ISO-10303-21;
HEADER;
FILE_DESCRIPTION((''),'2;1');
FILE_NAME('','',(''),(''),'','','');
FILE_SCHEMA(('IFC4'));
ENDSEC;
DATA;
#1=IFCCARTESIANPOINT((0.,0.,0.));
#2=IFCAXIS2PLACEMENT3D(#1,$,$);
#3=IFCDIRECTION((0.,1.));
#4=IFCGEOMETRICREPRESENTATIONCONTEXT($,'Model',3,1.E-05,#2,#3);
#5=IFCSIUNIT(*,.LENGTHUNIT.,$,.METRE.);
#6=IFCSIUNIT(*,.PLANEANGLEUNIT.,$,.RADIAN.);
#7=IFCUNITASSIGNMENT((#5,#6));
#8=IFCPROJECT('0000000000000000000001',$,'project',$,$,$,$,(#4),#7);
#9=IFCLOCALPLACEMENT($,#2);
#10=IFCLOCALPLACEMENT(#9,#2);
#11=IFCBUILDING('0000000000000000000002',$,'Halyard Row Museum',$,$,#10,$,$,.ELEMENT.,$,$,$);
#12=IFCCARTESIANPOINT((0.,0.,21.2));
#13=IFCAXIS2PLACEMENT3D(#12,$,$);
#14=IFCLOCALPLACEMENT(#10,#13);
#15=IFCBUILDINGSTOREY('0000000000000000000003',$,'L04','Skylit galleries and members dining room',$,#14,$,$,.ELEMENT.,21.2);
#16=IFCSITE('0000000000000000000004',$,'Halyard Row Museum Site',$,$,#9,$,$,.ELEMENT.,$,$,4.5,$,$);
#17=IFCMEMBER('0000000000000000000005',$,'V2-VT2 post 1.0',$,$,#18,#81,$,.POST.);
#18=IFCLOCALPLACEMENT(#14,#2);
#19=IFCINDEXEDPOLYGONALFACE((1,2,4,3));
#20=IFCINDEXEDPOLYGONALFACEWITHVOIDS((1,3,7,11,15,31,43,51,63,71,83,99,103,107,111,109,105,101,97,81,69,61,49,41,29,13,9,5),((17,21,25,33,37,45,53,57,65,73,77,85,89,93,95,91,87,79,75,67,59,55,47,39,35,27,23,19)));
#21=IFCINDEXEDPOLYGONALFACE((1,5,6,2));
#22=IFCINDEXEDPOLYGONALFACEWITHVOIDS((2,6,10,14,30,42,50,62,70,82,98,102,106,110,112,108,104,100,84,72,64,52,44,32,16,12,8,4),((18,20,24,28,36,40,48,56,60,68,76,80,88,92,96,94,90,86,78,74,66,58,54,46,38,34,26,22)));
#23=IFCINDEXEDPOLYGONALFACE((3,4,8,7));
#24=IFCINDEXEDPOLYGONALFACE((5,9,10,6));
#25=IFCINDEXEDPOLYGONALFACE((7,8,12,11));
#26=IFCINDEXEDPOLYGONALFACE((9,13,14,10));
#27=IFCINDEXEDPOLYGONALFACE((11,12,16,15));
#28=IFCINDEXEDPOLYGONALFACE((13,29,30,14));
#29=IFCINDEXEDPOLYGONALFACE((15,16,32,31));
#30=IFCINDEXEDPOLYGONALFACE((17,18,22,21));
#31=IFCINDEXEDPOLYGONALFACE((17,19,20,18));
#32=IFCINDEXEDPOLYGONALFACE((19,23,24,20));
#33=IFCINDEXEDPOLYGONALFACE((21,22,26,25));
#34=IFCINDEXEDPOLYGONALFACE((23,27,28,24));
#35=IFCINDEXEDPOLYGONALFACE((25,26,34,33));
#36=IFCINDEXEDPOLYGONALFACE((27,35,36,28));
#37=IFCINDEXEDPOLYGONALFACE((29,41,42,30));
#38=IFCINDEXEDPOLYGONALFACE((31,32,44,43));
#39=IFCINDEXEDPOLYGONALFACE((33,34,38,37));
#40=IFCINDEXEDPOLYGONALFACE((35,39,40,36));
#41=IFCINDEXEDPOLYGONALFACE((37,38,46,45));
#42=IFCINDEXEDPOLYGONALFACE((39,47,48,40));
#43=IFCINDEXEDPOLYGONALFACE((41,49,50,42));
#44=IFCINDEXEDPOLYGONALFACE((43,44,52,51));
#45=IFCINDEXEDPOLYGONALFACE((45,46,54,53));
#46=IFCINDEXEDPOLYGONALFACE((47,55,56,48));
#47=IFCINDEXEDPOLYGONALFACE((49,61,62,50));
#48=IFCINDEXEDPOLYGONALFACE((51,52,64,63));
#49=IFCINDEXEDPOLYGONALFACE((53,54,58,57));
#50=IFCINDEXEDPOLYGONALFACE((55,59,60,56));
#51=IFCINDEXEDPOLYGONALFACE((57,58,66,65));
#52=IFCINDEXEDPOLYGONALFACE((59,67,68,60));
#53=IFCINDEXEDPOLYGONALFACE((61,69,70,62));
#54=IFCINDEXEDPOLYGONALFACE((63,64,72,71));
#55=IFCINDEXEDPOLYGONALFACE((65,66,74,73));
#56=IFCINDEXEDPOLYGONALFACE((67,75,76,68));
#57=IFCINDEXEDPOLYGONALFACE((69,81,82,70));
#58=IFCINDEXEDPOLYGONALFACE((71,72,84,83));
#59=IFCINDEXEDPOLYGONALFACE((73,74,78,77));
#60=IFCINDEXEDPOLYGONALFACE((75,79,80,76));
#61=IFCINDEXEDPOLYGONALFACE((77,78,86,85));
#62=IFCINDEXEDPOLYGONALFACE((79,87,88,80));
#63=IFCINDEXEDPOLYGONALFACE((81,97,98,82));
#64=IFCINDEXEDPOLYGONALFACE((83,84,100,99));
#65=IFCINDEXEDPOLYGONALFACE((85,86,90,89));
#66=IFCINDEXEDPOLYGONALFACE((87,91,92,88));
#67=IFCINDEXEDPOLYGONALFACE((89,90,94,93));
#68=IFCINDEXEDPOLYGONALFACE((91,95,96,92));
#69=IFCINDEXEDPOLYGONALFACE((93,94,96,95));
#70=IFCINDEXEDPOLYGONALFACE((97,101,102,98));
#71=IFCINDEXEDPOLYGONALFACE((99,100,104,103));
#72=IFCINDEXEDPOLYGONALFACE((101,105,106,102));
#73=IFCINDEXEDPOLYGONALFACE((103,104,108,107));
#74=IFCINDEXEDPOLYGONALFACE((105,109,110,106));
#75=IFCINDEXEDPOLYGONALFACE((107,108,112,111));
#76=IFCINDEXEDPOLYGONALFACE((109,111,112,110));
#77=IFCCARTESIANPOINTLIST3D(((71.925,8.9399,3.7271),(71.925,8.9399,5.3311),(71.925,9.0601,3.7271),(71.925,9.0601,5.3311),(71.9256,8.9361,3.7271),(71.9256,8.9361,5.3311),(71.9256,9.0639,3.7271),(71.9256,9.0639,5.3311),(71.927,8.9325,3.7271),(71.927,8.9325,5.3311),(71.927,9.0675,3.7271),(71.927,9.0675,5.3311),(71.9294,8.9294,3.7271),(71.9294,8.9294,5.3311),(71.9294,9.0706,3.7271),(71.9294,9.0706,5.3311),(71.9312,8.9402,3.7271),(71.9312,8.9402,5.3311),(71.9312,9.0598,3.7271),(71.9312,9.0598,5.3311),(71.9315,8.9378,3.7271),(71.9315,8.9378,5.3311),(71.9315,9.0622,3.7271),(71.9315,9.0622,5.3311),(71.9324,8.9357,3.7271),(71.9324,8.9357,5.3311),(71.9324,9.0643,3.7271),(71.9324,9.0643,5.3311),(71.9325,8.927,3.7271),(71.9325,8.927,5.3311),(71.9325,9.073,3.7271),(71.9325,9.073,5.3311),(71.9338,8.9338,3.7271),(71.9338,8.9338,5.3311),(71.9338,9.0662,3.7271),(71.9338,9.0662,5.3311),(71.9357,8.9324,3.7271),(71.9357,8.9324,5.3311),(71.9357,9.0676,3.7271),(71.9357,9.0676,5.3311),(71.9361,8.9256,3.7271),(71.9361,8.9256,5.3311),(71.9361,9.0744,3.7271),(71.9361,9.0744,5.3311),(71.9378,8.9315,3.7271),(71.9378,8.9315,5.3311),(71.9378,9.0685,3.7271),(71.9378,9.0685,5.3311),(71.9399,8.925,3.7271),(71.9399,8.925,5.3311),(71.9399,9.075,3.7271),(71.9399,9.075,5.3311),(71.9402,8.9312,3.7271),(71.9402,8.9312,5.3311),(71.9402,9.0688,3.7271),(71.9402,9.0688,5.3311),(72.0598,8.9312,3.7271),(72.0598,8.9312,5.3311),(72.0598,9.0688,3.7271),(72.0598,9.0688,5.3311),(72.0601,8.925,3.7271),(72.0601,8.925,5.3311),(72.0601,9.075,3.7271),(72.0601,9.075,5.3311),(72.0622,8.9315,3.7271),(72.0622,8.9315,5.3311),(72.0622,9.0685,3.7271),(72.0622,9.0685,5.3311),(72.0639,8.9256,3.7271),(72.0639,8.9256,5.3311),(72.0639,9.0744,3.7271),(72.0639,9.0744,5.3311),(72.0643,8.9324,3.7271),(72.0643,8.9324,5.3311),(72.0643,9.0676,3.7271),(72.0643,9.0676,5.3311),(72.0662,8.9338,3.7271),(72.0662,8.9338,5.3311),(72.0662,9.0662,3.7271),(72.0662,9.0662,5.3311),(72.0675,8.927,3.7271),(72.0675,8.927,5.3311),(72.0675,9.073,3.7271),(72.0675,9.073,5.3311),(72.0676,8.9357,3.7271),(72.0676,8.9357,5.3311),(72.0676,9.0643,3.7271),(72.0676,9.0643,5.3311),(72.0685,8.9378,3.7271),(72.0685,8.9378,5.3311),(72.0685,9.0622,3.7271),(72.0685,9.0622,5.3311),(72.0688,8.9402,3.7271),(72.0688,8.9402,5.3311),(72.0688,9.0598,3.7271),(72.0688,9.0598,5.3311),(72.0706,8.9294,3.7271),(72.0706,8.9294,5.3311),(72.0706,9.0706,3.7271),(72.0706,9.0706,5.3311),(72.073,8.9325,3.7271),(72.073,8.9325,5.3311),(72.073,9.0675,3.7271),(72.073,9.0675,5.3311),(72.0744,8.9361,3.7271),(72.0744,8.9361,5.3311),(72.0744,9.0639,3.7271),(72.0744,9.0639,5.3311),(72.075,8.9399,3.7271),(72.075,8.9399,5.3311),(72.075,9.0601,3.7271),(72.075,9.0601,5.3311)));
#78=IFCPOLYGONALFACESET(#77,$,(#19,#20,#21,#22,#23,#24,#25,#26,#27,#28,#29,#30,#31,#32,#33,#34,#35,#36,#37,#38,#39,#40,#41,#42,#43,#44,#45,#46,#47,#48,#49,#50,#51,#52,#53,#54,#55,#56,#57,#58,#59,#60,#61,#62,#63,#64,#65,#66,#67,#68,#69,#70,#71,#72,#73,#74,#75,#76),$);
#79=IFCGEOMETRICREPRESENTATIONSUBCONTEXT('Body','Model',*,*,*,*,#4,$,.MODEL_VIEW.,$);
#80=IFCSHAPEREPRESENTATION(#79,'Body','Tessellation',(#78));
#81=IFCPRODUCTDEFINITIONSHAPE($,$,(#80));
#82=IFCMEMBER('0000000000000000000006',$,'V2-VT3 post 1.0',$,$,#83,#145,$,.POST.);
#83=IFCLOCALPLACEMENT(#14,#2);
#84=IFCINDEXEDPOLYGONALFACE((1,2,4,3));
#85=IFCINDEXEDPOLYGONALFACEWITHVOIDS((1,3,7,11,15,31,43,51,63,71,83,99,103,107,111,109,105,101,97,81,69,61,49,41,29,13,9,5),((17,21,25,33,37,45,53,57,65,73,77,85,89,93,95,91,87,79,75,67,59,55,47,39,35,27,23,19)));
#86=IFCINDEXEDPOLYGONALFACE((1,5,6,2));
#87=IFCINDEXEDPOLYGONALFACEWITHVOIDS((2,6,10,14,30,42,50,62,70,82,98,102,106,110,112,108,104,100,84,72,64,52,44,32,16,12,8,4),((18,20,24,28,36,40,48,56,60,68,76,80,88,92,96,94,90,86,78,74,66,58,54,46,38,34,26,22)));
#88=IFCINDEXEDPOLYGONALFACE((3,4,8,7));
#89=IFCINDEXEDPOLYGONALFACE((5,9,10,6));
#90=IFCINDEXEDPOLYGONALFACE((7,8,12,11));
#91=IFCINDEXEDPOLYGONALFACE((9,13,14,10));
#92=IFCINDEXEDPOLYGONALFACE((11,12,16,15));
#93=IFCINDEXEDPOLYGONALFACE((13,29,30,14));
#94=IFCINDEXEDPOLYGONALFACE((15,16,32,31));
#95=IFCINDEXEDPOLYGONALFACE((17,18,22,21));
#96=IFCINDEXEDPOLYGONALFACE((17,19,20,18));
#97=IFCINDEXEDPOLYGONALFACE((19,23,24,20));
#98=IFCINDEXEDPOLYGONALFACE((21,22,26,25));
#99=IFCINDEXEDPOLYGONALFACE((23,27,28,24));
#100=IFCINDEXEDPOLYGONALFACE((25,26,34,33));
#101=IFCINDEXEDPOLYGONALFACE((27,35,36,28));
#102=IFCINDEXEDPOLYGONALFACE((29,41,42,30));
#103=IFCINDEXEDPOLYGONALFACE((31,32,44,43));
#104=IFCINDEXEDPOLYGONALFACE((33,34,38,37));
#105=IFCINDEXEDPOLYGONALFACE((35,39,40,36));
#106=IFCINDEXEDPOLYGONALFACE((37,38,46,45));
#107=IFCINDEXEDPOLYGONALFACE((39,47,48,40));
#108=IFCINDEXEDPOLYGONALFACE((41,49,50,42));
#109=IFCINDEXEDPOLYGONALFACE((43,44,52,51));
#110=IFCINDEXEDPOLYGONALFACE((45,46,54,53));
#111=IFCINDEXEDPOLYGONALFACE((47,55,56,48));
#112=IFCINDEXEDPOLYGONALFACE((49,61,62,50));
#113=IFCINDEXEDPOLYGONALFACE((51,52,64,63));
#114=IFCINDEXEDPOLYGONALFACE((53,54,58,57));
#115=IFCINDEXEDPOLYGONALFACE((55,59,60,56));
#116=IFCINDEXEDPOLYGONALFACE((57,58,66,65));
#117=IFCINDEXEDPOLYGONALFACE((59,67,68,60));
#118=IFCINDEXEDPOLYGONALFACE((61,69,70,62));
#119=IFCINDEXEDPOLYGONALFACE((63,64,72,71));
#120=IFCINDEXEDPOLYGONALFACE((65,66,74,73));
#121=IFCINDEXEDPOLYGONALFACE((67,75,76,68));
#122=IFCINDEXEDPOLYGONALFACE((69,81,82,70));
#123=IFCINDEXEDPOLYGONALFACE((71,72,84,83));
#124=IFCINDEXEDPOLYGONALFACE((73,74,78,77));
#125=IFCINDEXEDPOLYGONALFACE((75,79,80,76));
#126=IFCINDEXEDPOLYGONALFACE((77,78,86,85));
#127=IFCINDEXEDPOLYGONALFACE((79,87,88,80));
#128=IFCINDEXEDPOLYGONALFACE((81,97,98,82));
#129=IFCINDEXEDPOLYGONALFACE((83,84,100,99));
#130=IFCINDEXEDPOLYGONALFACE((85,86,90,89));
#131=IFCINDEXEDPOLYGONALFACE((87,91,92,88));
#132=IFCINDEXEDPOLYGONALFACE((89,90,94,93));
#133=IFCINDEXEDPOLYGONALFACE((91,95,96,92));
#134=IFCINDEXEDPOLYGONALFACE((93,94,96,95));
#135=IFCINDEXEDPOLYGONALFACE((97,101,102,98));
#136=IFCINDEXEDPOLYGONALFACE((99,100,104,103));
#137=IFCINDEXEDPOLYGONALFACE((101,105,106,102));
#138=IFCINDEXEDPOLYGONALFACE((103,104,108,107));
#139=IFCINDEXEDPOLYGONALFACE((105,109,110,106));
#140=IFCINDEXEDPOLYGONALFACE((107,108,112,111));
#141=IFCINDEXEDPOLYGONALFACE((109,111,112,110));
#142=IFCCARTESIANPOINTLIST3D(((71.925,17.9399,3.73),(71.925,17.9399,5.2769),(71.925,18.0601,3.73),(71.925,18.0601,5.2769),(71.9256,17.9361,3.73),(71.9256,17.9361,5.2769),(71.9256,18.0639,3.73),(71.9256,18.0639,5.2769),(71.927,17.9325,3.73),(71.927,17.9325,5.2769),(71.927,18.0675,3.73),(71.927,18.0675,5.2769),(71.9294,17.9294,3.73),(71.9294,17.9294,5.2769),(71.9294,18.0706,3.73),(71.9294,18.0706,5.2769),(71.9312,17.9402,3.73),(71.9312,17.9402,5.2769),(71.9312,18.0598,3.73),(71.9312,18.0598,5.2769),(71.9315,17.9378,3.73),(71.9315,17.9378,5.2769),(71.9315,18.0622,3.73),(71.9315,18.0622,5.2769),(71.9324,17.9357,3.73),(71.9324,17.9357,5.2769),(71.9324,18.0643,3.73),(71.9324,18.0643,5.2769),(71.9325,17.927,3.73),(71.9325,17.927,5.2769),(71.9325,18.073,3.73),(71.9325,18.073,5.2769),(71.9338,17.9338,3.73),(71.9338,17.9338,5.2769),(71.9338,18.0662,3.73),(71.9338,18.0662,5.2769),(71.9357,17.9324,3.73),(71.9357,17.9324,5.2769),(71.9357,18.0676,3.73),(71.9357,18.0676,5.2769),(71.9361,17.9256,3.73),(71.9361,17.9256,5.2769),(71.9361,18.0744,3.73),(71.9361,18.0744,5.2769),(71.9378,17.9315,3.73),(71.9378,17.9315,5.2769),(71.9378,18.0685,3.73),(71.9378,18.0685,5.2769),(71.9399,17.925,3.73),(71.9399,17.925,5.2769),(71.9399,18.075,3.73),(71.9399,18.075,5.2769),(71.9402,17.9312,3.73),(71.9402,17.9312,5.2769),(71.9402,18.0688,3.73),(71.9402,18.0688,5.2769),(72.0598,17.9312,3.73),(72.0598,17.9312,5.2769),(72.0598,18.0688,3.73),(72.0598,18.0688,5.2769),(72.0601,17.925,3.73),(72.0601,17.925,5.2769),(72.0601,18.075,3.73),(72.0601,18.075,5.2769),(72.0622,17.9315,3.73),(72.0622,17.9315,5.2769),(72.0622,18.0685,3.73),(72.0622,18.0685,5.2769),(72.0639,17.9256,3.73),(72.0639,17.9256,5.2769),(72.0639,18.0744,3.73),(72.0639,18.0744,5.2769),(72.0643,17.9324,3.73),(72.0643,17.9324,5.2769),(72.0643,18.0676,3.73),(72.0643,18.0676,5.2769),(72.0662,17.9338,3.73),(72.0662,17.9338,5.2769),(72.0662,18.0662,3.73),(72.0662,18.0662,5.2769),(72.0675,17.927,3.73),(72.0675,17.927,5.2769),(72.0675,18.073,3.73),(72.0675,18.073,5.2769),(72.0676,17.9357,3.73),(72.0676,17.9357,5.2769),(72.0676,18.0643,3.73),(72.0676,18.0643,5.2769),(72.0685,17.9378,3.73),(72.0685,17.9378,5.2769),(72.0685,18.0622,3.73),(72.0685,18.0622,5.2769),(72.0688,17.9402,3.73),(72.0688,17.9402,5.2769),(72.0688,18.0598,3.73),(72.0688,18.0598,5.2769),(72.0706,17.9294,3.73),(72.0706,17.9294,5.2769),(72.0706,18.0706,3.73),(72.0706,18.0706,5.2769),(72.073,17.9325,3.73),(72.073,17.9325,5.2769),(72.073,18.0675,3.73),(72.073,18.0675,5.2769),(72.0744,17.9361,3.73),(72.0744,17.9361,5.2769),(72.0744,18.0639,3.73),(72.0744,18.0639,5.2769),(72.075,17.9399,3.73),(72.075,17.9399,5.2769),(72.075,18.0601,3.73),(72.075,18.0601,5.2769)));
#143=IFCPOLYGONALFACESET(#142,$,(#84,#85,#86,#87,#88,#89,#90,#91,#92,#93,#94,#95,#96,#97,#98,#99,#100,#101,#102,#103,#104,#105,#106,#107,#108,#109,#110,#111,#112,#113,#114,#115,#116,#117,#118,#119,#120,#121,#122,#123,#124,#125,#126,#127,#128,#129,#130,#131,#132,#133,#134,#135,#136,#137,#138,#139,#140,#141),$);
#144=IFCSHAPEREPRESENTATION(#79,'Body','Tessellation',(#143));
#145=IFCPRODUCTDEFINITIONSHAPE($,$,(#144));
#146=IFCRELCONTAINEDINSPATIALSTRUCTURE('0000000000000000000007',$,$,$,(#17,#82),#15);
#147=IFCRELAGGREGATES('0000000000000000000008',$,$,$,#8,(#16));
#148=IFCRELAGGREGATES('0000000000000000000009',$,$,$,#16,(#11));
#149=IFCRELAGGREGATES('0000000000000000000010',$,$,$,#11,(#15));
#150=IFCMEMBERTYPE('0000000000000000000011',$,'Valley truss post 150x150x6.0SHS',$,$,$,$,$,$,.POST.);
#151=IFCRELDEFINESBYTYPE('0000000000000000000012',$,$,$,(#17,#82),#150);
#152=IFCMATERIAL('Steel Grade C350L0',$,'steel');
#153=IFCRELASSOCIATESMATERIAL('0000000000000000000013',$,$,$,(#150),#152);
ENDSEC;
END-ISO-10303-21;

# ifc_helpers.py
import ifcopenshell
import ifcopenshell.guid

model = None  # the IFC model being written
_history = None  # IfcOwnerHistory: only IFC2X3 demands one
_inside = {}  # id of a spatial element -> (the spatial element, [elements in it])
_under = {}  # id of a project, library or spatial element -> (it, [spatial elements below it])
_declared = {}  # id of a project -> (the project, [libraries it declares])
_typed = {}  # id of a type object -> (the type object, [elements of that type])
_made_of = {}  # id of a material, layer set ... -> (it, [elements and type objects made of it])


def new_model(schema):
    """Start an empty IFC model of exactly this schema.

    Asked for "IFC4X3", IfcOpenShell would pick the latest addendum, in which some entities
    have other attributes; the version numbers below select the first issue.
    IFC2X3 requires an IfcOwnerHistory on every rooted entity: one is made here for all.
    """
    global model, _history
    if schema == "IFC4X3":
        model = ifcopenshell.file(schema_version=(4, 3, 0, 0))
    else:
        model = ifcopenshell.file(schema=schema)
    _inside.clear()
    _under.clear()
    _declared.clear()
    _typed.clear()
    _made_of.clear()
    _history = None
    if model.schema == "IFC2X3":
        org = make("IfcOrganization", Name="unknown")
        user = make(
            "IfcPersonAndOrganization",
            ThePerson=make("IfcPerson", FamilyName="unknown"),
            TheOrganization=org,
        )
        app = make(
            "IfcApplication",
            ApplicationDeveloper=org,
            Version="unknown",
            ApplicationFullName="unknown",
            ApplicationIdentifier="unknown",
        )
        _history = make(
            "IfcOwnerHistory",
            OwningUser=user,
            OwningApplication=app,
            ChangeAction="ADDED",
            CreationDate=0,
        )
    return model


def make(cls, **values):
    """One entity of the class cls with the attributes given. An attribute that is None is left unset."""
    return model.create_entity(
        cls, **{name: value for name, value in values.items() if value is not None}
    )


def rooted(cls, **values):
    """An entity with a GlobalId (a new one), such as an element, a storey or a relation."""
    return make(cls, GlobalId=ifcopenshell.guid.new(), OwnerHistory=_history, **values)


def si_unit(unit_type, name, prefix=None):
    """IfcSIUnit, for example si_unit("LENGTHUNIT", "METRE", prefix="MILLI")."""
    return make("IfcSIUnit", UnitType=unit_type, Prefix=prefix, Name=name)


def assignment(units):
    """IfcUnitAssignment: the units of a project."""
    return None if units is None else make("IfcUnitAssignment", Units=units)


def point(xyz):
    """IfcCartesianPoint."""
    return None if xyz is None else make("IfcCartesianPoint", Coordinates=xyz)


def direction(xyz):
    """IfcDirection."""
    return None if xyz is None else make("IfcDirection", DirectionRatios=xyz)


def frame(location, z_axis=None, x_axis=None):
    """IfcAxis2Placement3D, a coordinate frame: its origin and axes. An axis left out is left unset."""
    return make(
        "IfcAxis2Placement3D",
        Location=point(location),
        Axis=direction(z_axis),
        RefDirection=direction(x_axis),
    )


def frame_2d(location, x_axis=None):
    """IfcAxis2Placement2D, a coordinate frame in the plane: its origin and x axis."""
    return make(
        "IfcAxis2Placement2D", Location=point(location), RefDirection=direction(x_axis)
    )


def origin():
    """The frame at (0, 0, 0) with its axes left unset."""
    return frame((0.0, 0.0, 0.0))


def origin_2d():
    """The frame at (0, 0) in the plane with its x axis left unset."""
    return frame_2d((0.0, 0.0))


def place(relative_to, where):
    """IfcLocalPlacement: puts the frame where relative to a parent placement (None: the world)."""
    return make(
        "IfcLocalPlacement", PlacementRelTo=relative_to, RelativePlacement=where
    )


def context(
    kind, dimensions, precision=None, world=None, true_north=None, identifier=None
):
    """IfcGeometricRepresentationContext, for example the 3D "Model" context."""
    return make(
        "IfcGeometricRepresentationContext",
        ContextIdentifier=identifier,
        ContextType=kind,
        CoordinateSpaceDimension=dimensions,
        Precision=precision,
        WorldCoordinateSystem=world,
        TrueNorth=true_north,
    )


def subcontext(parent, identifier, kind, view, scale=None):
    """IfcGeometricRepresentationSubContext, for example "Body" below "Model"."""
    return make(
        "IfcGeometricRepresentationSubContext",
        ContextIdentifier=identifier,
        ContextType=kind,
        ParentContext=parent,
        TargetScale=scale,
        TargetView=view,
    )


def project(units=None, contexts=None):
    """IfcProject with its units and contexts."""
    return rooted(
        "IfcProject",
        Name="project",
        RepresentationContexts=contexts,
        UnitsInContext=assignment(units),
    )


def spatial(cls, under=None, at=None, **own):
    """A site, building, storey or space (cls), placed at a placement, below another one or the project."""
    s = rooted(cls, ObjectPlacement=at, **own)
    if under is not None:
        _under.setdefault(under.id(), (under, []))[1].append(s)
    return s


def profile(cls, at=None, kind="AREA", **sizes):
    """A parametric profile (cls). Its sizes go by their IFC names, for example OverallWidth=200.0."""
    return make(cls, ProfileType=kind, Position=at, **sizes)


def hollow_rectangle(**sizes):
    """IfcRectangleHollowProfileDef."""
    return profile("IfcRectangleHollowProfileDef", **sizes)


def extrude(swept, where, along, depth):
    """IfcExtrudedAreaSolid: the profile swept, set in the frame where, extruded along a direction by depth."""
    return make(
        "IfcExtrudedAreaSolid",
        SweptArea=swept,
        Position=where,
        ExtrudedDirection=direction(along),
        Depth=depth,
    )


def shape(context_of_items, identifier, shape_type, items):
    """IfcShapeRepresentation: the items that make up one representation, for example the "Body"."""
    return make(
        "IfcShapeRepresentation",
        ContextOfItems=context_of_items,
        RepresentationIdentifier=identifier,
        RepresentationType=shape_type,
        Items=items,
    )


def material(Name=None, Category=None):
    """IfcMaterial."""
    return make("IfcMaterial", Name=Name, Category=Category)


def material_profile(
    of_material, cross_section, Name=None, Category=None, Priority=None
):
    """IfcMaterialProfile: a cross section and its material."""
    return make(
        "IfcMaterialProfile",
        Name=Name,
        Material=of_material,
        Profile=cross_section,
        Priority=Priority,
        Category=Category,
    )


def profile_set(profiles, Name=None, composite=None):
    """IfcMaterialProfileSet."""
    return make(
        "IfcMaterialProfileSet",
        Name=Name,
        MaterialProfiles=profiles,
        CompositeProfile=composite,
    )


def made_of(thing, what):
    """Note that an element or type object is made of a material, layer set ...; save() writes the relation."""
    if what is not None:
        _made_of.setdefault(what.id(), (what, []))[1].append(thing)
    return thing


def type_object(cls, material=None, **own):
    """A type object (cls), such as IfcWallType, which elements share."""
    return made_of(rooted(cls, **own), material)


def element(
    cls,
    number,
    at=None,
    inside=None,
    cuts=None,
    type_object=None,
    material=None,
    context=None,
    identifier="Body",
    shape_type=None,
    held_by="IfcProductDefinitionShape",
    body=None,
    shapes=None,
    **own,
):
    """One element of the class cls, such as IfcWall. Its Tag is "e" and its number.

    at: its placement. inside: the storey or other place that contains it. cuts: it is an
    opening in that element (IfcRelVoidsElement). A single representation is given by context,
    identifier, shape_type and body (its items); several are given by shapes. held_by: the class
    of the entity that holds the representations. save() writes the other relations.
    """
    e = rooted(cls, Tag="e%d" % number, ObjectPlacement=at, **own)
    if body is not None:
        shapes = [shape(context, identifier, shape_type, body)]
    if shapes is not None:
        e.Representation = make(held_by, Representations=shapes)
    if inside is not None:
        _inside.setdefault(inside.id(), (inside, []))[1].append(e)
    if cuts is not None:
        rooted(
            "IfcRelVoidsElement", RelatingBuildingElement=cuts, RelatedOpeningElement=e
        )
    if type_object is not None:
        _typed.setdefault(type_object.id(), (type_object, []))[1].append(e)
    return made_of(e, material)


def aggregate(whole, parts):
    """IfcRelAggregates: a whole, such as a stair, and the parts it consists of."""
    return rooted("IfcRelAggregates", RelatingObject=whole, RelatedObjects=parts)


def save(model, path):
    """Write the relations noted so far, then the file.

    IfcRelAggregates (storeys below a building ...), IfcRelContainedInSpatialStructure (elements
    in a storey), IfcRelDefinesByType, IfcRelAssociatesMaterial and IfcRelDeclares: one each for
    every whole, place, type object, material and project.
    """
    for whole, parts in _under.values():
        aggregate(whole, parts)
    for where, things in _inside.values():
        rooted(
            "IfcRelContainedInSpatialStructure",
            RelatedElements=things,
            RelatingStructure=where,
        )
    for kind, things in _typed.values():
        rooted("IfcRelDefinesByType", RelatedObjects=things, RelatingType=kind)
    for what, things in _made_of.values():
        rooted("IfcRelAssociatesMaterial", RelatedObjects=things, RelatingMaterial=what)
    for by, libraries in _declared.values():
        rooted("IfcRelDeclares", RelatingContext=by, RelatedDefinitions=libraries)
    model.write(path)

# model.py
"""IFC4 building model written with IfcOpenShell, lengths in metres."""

from ifc_helpers import new_model, si_unit, direction, frame, origin, origin_2d, place, context, subcontext, project, spatial, hollow_rectangle, extrude, material, material_profile, profile_set, type_object, element, save


model = new_model("IFC4")

# Units and contexts
model_context = context("Model", 3, precision=1e-05, world=origin(), true_north=direction((0.0, 1.0)))
body_context = subcontext(model_context, "Body", "Model", "MODEL_VIEW")
ifc_project = project(units=[si_unit("LENGTHUNIT", "METRE"), si_unit("PLANEANGLEUNIT", "RADIAN")], contexts=[model_context])

# Site, building, storey
site_placement = place(None, origin())
site = spatial("IfcSite", under=ifc_project, at=site_placement, Name="Halyard Row Museum Site", CompositionType="ELEMENT", RefElevation=4.5)
building_placement = place(site_placement, origin())
building = spatial("IfcBuilding", under=site, at=building_placement, Name="Halyard Row Museum", CompositionType="ELEMENT")
storey_placement = place(building_placement, frame((0.0, 0.0, 21.2)))
storey = spatial("IfcBuildingStorey", under=building, at=storey_placement, Name="L04", Description="Skylit galleries and members dining room", CompositionType="ELEMENT", Elevation=21.2)

# Members
ifc_material_1 = material(Name="Steel Grade C350L0", Category="steel")
ifc_material_profile_1 = material_profile(ifc_material_1, hollow_rectangle(XDim=0.1499, YDim=0.1499, WallThickness=0.0061, InnerFilletRadius=0.009, OuterFilletRadius=0.0149, at=origin_2d()), Name="150x150x6.0SHS")
ifc_profile_set_1 = profile_set([ifc_material_profile_1], Name="Steel Grade C350L0")
member_type_1 = type_object("IfcMemberType", Name="Valley truss post 150x150x6.0SHS", PredefinedType="POST", material=ifc_profile_set_1)
for number, where, z_axis, x_axis, name in (
    (1, (72.0, 9.0, 3.7271), (0.0, 0.0, 1.0), (1.0, 0.0, 0.0), "V2-VT2 post 1.0"),
):
    element("IfcMember", number, at=place(storey_placement, frame(where, z_axis=z_axis, x_axis=x_axis)), inside=storey, type_object=member_type_1, Name=name, PredefinedType="POST", context=body_context, shape_type="SweptSolid", body=[
        extrude(hollow_rectangle(XDim=0.1499, YDim=0.1499, WallThickness=0.0061, InnerFilletRadius=0.009, OuterFilletRadius=0.0149, at=origin_2d()), origin(), (0.0, 0.0, 1.0), 1.604),
    ])
member_1_placement = place(storey_placement, frame((72.0, 18.0, 3.73), z_axis=(0.0, 0.0, 1.0), x_axis=(1.0, 0.0, 0.0)))
element("IfcMember", 2, at=member_1_placement, inside=storey, type_object=member_type_1, Name="V2-VT3 post 1.0", PredefinedType="POST", context=body_context, shape_type="SweptSolid", body=[
    extrude(hollow_rectangle(XDim=0.1499, YDim=0.1499, WallThickness=0.0061, InnerFilletRadius=0.009, OuterFilletRadius=0.0149, at=origin_2d()), origin(), (0.0, 0.0, 1.0), 1.5469),
])

save(model, "model.ifc")
